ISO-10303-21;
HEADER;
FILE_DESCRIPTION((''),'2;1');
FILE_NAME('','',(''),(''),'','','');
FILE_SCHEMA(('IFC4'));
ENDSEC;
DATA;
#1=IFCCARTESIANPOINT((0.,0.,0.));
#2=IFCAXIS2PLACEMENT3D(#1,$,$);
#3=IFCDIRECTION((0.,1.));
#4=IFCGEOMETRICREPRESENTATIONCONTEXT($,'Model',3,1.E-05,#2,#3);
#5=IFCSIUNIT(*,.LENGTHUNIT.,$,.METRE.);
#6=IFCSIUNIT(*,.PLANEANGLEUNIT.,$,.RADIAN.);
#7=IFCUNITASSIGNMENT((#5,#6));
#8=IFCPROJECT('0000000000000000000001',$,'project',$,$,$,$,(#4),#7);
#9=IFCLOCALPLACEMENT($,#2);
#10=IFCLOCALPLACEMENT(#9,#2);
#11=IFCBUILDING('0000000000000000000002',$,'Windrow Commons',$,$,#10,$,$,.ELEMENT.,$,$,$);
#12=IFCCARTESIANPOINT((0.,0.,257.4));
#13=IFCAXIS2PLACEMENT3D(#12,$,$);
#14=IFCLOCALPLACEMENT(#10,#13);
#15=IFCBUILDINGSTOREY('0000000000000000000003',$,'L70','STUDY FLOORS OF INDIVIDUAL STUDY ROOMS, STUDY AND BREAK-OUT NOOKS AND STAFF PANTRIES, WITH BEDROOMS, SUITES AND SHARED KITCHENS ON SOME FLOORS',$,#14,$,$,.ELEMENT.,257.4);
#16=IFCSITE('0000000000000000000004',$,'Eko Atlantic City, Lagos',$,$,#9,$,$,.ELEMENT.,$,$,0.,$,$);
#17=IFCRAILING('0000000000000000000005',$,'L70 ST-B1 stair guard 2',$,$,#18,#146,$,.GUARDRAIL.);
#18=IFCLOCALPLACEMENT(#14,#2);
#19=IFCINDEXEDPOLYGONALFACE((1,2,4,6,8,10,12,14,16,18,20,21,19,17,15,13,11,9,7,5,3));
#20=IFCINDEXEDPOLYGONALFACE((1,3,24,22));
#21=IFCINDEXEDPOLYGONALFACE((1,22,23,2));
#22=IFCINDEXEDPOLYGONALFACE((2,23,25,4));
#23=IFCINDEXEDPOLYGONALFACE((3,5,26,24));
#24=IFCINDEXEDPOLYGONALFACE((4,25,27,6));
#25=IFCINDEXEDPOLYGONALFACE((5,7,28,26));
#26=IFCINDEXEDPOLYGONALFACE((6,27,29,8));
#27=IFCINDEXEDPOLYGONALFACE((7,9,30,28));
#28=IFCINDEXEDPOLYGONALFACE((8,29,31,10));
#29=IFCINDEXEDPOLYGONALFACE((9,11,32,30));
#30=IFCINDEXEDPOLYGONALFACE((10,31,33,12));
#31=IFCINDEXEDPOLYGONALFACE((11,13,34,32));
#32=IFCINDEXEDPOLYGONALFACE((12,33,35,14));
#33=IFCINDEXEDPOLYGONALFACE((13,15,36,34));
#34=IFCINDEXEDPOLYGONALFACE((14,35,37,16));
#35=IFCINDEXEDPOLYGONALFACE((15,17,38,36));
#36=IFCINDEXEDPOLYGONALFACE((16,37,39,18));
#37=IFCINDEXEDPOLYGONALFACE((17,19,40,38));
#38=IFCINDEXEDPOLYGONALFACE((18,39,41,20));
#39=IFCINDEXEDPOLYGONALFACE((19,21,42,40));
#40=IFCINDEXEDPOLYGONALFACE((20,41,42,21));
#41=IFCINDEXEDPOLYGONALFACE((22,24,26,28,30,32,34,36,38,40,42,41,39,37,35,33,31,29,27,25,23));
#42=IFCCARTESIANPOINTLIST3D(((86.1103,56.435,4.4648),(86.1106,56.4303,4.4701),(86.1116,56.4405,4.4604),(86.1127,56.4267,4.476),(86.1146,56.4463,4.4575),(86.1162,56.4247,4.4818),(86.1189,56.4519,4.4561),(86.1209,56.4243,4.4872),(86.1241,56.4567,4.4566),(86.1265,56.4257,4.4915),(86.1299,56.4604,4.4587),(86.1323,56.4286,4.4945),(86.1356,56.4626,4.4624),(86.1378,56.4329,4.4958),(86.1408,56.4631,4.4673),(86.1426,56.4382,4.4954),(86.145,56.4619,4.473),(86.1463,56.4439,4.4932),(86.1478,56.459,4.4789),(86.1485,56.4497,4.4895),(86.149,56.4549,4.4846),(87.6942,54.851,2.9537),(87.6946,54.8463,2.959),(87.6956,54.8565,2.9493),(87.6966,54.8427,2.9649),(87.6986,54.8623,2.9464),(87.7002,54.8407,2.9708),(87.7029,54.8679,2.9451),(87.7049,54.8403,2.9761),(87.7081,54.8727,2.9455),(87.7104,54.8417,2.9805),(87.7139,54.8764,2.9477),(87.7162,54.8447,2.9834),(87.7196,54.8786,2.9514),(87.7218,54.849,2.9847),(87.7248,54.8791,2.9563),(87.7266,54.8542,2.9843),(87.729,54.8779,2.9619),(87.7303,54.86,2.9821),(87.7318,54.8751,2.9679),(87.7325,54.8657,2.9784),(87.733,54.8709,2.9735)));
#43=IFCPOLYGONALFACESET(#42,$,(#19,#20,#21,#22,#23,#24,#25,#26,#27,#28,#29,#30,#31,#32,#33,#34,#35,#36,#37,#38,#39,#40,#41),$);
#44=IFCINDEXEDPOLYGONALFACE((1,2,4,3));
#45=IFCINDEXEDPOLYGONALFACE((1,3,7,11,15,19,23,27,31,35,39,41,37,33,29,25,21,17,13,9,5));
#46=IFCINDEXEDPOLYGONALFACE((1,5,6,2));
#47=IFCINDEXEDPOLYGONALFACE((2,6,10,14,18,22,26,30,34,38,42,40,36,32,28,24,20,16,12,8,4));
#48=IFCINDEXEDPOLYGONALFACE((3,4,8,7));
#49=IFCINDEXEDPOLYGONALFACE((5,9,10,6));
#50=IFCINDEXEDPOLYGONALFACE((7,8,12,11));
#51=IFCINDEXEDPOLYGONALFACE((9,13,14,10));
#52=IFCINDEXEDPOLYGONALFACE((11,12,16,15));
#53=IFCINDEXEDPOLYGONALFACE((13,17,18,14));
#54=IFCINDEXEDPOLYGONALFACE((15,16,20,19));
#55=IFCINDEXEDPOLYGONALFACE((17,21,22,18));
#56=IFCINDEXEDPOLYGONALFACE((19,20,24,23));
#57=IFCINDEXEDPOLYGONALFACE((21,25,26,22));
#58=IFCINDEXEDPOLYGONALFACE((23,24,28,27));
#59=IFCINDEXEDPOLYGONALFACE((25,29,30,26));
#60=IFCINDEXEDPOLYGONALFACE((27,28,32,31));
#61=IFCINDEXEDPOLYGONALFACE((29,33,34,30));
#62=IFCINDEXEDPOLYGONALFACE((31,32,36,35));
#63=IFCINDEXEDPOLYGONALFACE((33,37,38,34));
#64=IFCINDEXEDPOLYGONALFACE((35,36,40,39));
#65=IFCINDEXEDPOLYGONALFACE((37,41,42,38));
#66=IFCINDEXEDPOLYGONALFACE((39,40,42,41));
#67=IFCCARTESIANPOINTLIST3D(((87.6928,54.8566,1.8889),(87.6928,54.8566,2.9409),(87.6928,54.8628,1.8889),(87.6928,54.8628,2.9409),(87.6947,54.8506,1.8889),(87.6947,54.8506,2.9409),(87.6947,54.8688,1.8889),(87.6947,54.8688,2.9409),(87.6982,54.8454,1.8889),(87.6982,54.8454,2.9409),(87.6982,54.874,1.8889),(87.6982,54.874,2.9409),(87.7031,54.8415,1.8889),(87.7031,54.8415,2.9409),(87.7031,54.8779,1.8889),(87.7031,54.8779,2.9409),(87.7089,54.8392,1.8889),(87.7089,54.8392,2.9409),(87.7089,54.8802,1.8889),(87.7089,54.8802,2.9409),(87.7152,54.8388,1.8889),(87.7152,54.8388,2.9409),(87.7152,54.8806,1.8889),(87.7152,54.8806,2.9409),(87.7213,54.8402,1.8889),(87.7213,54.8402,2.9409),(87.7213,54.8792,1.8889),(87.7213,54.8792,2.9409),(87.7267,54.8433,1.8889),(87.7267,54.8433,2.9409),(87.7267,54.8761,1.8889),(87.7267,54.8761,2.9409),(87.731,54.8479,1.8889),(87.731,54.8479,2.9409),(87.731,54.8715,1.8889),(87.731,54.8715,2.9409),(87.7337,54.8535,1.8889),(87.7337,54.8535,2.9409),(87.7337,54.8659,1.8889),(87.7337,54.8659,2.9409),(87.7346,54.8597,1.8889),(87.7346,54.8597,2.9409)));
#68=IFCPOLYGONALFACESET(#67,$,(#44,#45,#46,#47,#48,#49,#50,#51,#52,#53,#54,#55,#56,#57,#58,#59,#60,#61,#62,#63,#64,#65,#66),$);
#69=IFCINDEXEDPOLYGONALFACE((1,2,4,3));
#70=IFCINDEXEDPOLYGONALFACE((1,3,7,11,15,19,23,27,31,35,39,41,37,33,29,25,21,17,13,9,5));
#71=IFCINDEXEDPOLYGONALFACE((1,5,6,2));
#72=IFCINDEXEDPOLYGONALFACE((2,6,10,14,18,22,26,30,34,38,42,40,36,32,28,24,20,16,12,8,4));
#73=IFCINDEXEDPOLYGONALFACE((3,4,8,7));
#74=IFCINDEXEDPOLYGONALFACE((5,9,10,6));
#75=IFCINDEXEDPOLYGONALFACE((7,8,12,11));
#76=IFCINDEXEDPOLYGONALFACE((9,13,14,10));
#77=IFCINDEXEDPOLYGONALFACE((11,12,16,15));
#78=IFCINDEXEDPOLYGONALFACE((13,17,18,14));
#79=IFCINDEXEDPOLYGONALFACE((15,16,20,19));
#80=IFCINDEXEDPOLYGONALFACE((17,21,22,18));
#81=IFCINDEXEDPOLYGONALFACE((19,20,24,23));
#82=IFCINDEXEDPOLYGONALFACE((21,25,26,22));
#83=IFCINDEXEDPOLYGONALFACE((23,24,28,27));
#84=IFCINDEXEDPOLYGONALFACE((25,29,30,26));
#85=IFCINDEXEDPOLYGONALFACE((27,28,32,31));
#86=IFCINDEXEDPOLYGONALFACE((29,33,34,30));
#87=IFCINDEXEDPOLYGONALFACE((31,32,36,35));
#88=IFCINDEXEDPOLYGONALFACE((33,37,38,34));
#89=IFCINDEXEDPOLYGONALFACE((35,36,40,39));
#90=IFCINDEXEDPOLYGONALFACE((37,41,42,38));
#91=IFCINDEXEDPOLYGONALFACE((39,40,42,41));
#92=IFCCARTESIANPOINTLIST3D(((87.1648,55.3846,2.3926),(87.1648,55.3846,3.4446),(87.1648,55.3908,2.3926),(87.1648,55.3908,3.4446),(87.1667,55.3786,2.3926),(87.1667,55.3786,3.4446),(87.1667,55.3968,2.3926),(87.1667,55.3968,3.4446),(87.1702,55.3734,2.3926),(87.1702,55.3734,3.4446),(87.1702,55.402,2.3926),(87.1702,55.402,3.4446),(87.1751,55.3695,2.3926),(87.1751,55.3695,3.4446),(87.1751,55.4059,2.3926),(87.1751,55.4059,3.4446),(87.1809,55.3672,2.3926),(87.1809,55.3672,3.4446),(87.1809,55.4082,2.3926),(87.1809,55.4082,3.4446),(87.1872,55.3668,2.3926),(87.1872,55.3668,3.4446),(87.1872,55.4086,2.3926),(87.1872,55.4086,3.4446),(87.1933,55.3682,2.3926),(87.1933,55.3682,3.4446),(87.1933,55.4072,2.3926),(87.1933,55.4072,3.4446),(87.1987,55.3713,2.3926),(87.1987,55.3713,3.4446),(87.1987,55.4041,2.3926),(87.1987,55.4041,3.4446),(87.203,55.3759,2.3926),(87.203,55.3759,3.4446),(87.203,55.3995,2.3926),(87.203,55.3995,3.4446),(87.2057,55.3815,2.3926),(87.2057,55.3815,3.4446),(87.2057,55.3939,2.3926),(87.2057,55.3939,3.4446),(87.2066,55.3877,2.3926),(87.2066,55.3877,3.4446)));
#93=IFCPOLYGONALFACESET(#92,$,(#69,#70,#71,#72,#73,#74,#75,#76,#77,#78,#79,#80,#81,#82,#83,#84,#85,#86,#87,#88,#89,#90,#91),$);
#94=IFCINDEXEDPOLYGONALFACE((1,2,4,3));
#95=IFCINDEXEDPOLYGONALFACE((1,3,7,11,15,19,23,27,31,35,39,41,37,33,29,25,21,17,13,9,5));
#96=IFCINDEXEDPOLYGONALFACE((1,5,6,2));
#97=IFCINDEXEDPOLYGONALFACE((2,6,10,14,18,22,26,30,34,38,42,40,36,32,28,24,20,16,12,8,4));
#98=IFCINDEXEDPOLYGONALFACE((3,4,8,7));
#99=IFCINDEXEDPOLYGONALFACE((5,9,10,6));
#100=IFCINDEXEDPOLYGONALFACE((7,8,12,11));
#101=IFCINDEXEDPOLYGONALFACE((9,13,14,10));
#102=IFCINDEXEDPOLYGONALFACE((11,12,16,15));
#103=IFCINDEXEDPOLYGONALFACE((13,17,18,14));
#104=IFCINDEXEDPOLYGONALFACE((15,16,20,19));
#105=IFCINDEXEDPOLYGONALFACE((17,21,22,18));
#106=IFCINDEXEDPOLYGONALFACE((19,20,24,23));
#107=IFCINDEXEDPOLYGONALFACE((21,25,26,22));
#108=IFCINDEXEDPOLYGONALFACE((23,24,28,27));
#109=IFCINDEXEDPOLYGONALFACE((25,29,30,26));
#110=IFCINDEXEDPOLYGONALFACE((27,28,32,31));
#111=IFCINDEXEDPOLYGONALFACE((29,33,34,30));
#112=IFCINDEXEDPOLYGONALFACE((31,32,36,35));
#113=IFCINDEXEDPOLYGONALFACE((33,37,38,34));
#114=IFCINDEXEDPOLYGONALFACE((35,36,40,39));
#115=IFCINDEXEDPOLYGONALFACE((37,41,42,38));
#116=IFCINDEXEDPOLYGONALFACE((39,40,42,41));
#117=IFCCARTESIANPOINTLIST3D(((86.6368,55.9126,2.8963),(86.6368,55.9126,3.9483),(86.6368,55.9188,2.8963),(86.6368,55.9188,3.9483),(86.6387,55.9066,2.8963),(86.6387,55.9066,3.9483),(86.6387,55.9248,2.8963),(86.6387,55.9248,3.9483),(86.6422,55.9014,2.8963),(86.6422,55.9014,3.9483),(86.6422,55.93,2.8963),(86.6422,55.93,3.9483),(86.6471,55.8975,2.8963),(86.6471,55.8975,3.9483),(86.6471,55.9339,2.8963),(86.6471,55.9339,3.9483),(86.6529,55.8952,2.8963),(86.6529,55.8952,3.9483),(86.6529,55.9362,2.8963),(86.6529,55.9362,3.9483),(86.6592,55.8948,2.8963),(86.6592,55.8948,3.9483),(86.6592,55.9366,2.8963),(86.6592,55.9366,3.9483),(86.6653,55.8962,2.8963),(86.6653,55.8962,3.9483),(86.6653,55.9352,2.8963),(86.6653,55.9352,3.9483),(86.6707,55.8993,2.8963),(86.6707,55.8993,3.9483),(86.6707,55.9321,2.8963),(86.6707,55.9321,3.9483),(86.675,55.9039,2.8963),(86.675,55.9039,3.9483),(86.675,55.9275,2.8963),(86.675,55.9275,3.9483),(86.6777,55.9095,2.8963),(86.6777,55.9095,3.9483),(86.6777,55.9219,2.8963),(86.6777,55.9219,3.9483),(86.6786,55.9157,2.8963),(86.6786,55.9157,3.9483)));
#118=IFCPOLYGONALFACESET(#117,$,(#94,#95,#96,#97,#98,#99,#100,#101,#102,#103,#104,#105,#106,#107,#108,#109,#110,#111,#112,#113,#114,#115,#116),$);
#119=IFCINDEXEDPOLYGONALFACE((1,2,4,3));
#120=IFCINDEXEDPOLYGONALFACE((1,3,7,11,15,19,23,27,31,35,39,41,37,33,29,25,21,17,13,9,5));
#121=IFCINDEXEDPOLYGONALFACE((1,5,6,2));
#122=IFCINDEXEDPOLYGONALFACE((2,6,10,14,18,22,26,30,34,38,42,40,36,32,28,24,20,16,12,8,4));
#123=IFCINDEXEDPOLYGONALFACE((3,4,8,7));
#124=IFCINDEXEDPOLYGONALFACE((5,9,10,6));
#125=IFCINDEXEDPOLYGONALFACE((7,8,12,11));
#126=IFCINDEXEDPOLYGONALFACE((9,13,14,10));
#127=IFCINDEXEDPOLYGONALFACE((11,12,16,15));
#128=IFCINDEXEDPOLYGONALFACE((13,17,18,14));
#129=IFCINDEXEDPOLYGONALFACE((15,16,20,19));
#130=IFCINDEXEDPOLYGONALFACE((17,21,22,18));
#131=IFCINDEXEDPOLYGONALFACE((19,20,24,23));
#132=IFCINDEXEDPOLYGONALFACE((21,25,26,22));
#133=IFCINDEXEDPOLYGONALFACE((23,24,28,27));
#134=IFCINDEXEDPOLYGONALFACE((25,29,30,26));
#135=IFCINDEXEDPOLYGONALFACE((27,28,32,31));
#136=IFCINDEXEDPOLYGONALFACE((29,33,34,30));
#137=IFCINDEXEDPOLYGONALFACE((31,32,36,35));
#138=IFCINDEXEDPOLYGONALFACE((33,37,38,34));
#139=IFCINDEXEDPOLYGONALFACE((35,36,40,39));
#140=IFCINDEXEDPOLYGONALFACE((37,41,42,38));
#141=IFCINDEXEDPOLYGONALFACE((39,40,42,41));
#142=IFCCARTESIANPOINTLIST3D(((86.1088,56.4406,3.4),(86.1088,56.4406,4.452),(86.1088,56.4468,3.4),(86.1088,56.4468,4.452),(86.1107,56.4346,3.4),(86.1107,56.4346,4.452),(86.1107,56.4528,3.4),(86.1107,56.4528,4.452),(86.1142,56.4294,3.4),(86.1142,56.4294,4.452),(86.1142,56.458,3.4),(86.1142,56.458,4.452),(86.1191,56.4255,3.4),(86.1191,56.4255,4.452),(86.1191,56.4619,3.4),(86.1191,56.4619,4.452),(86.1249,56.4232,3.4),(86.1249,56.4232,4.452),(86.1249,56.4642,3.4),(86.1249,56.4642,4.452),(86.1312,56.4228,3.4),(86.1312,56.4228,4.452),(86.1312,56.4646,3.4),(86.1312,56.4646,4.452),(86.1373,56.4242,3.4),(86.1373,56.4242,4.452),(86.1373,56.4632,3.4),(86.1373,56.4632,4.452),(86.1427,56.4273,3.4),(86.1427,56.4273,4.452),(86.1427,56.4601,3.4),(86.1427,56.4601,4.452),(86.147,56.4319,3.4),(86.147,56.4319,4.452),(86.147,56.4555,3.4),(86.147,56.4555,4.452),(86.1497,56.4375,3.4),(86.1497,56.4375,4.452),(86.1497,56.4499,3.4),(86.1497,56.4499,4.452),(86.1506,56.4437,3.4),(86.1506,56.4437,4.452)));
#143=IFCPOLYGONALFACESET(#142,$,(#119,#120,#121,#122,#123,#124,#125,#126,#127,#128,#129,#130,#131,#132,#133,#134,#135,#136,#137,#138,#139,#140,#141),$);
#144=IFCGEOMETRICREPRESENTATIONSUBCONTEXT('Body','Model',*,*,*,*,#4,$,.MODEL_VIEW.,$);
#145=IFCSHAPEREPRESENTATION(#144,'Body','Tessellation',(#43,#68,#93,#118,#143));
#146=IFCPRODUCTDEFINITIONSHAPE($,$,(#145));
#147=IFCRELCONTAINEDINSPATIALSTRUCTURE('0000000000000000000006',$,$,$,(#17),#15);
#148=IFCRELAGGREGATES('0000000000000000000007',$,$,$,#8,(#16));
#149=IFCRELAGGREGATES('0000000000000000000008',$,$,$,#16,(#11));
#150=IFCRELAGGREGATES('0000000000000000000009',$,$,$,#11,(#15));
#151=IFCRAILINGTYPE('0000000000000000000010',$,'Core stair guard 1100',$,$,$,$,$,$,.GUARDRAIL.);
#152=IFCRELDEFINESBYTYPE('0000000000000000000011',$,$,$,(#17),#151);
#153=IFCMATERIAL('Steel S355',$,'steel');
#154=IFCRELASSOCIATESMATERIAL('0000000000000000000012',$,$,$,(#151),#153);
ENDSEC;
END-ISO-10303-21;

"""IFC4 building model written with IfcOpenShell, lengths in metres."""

from ifc_helpers import new_model, si_unit, direction, frame, origin, origin_2d, place, context, subcontext, project, spatial, circle, extrude, material, type_object, element, save


model = new_model("IFC4")

# Units and contexts
model_context = context("Model", 3, precision=1e-05, world=origin(), true_north=direction((0.0, 1.0)))
body_context = subcontext(model_context, "Body", "Model", "MODEL_VIEW")
ifc_project = project(units=[si_unit("LENGTHUNIT", "METRE"), si_unit("PLANEANGLEUNIT", "RADIAN")], contexts=[model_context])

# Site, building, storey
site_placement = place(None, origin())
site = spatial("IfcSite", under=ifc_project, at=site_placement, Name="Eko Atlantic City, Lagos", CompositionType="ELEMENT", RefElevation=0.0)
building_placement = place(site_placement, origin())
building = spatial("IfcBuilding", under=site, at=building_placement, Name="Windrow Commons", CompositionType="ELEMENT")
storey_placement = place(building_placement, frame((0.0, 0.0, 257.4)))
storey = spatial("IfcBuildingStorey", under=building, at=storey_placement, Name="L70", Description="STUDY FLOORS OF INDIVIDUAL STUDY ROOMS, STUDY AND BREAK-OUT NOOKS AND STAFF PANTRIES, WITH BEDROOMS, SUITES AND SHARED KITCHENS ON SOME FLOORS", CompositionType="ELEMENT", Elevation=257.4)

# Railing
ifc_material_1 = material(Name="Steel S355", Category="steel")
railing_type_1 = type_object("IfcRailingType", Name="Core stair guard 1100", PredefinedType="GUARDRAIL", material=ifc_material_1)
railing_1_placement = place(storey_placement, frame((87.7136, 54.8597, 1.8889)))
element("IfcRailing", 1, at=railing_1_placement, inside=storey, type_object=railing_type_1, Name="L70 ST-B1 stair guard 2", PredefinedType="GUARDRAIL", context=body_context, shape_type="SweptSolid", body=[
    extrude(circle(Radius=0.024, at=origin_2d()), frame((0.0, 0.0, 1.076), z_axis=(-0.586203, 0.586203, 0.559224), x_axis=(-0.707107, -0.707107, 0.0)), (0.0, 0.0, 1.0), 2.7021),
    extrude(circle(Radius=0.021, at=origin_2d()), origin(), (0.0, 0.0, 1.0), 1.052),
    extrude(circle(Radius=0.021, at=origin_2d()), frame((-0.528, 0.528, 0.5037)), (0.0, 0.0, 1.0), 1.052),
    extrude(circle(Radius=0.021, at=origin_2d()), frame((-1.056, 1.056, 1.0074)), (0.0, 0.0, 1.0), 1.052),
    extrude(circle(Radius=0.021, at=origin_2d()), frame((-1.584, 1.584, 1.5111)), (0.0, 0.0, 1.0), 1.052),
])

save(model, "model.ifc")
